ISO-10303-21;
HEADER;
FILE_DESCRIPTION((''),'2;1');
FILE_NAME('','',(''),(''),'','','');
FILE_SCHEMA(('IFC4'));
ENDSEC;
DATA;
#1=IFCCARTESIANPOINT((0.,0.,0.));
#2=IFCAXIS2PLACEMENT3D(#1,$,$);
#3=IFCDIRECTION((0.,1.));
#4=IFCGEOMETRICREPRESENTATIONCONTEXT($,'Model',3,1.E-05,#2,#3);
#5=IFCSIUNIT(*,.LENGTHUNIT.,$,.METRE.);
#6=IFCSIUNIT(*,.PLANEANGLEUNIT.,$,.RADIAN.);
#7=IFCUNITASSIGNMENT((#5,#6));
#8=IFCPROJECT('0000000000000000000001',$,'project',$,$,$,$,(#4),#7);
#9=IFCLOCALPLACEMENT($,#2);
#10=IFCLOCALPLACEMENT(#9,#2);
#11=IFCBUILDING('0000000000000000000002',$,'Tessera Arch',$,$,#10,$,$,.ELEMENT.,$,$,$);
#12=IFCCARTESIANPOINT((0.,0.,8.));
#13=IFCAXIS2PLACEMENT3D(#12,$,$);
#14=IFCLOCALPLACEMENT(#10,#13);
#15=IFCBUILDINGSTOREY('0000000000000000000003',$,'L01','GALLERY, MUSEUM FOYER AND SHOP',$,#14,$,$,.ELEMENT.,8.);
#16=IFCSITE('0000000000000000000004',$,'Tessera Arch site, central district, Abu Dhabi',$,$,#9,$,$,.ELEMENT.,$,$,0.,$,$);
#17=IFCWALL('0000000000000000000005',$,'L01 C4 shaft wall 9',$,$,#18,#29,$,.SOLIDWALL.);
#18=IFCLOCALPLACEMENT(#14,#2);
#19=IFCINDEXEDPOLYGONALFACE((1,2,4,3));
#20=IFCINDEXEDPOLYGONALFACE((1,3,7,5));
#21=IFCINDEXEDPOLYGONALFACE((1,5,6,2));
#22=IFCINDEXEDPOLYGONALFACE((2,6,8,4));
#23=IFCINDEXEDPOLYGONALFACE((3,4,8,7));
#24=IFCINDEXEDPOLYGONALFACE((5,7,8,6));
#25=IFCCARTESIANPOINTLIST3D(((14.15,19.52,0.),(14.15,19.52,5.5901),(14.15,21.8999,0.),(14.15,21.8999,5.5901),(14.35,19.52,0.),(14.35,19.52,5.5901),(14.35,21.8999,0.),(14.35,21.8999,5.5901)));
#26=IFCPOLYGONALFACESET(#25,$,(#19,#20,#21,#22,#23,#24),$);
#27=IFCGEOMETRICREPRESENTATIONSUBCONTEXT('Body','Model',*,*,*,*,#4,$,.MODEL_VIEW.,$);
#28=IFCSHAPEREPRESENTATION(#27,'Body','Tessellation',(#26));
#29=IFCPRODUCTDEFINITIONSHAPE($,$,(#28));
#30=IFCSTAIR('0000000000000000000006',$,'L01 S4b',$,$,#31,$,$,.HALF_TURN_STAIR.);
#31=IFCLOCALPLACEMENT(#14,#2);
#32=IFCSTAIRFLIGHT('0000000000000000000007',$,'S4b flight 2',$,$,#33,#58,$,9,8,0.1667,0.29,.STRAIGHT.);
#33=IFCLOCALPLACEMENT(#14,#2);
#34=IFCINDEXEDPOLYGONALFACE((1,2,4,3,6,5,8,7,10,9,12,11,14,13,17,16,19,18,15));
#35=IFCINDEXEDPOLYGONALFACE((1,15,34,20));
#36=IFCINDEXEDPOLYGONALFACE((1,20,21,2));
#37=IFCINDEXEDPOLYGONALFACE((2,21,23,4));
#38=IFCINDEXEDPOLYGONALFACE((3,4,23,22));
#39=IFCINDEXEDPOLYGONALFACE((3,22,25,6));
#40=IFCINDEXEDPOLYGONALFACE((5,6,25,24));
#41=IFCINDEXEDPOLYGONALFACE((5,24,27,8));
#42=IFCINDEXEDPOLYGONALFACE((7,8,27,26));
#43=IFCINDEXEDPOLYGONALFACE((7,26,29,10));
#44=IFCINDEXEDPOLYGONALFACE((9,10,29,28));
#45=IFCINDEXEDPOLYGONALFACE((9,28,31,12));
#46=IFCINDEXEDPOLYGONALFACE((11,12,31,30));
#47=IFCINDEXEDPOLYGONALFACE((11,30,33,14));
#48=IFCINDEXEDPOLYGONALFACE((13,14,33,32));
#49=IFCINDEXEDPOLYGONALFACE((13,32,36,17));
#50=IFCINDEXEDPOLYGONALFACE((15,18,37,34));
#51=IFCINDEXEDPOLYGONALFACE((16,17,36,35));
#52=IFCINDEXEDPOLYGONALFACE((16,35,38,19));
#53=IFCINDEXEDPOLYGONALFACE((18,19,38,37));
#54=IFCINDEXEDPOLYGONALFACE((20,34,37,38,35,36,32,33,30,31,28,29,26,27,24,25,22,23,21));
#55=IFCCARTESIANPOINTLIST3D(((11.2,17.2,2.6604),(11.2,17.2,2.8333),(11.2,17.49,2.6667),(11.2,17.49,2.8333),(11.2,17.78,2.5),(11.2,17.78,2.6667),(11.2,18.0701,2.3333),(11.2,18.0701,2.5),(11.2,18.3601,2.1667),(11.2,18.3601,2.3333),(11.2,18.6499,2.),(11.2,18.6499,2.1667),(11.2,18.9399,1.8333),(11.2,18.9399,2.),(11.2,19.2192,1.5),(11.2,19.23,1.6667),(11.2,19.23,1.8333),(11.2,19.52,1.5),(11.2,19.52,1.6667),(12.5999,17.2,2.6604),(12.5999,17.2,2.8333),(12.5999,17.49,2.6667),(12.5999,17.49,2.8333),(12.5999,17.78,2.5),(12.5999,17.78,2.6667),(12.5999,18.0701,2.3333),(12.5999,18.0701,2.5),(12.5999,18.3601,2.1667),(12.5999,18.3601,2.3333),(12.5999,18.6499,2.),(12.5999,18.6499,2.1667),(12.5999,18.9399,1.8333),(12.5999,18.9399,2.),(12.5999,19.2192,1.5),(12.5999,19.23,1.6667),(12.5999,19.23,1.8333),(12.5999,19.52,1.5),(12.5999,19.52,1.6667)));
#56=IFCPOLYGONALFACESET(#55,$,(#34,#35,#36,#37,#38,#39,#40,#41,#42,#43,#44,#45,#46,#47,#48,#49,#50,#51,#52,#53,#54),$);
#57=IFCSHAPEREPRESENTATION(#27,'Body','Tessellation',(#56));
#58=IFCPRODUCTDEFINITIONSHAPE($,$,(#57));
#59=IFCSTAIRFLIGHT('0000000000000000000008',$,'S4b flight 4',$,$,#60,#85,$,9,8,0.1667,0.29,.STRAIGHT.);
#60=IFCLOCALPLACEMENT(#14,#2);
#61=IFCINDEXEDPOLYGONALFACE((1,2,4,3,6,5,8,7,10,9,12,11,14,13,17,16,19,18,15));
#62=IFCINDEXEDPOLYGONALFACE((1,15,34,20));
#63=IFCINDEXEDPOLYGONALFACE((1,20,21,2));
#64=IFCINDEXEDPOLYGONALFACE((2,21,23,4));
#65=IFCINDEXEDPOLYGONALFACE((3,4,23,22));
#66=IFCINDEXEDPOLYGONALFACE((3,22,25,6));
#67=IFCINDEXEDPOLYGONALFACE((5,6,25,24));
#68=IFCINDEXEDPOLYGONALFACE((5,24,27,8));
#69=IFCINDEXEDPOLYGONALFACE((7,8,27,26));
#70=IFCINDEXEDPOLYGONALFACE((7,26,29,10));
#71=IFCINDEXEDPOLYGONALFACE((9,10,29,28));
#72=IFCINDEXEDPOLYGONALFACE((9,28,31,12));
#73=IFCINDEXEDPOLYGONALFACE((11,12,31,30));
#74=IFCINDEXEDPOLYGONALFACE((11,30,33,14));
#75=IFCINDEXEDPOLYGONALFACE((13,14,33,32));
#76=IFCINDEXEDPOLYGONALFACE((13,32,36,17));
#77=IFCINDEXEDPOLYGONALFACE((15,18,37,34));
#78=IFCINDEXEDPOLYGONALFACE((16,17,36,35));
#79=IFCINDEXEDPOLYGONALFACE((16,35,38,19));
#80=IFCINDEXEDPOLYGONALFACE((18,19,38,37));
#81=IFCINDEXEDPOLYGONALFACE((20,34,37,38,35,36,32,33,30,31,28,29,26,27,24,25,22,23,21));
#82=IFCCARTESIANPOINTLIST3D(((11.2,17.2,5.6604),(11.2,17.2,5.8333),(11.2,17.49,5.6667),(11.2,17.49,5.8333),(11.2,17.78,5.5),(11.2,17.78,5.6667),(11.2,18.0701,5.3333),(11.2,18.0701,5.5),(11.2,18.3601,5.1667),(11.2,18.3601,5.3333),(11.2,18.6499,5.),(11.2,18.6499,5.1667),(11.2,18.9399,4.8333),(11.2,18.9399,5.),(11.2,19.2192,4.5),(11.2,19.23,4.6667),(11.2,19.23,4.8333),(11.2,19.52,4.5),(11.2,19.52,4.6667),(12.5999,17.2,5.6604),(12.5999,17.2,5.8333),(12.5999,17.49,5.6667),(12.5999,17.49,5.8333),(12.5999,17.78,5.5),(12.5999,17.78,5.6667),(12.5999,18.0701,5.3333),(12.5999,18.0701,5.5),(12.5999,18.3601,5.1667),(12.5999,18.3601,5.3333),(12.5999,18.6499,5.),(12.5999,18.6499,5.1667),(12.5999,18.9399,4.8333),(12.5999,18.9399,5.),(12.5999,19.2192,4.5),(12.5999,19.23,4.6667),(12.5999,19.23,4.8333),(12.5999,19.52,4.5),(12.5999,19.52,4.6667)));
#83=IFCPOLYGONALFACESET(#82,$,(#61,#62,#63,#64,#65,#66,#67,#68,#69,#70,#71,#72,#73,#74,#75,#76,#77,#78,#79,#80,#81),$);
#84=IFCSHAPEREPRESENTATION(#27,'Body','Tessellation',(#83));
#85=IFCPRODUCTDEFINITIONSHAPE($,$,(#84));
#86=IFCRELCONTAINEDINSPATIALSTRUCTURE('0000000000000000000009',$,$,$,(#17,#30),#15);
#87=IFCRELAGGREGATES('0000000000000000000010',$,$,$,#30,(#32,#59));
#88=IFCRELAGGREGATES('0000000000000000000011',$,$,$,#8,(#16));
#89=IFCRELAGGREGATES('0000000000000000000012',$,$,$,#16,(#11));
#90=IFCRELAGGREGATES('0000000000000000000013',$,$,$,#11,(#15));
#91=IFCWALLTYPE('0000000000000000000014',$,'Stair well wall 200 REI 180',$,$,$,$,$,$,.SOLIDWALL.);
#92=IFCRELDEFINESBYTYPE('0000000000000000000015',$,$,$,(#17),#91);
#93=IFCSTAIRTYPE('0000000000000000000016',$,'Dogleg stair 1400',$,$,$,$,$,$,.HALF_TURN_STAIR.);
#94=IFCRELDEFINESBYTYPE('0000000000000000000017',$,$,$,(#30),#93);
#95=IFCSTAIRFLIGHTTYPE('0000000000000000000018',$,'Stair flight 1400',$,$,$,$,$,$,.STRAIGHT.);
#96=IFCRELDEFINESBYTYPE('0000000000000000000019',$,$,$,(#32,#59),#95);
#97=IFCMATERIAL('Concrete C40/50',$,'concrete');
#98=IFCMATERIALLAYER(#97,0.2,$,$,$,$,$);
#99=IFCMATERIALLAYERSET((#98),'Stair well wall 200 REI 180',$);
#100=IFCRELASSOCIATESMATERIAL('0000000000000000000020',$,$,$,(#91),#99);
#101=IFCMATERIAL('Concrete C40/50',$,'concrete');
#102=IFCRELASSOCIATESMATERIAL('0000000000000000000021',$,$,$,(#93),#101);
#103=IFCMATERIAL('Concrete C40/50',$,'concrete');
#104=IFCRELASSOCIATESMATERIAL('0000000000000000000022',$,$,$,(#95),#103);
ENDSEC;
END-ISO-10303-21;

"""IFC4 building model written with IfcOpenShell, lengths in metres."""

from ifc_helpers import new_model, si_unit, direction, frame, frame_2d, origin, place, context, subcontext, project, spatial, polyline, rectangle, outline, extrude, material, layer, layer_set, type_object, element, aggregate, save


model = new_model("IFC4")

# Units and contexts
model_context = context("Model", 3, precision=1e-05, world=origin(), true_north=direction((0.0, 1.0)))
body_context = subcontext(model_context, "Body", "Model", "MODEL_VIEW")
ifc_project = project(units=[si_unit("LENGTHUNIT", "METRE"), si_unit("PLANEANGLEUNIT", "RADIAN")], contexts=[model_context])

# Site, building, storey
site_placement = place(None, origin())
site = spatial("IfcSite", under=ifc_project, at=site_placement, Name="Tessera Arch site, central district, Abu Dhabi", CompositionType="ELEMENT", RefElevation=0.0)
building_placement = place(site_placement, origin())
building = spatial("IfcBuilding", under=site, at=building_placement, Name="Tessera Arch", CompositionType="ELEMENT")
storey_placement = place(building_placement, frame((0.0, 0.0, 8.0)))
storey = spatial("IfcBuildingStorey", under=building, at=storey_placement, Name="L01", Description="GALLERY, MUSEUM FOYER AND SHOP", CompositionType="ELEMENT", Elevation=8.0)

# Wall
ifc_material_1 = material(Name="Concrete C40/50", Category="concrete")
ifc_layer_1 = layer(ifc_material_1, 0.2)
ifc_layer_set_1 = layer_set([ifc_layer_1], Name="Stair well wall 200 REI 180")
wall_type_1 = type_object("IfcWallType", Name="Stair well wall 200 REI 180", PredefinedType="SOLIDWALL", material=ifc_layer_set_1)
for number, where, z_axis, x_axis, name in (
    (1, (14.25, 19.52, 0.0), (0.0, 0.0, 1.0), (0.0, 1.0, 0.0), "L01 C4 shaft wall 9"),
):
    element("IfcWall", number, at=place(storey_placement, frame(where, z_axis=z_axis, x_axis=x_axis)), inside=storey, type_object=wall_type_1, Name=name, PredefinedType="SOLIDWALL", context=body_context, shape_type="SweptSolid", body=[
        extrude(rectangle(XDim=2.3799, YDim=0.2, at=frame_2d((1.1899, 0.0))), origin(), (0.0, 0.0, 1.0), 5.5901),
    ])

# Stair, stair flights
ifc_material_2 = material(Name="Concrete C40/50", Category="concrete")
stair_type = type_object("IfcStairType", Name="Dogleg stair 1400", PredefinedType="HALF_TURN_STAIR", material=ifc_material_2)
stair_placement = place(storey_placement, origin())
stair = element("IfcStair", 2, at=stair_placement, inside=storey, type_object=stair_type, Name="L01 S4b", PredefinedType="HALF_TURN_STAIR")
ifc_material_3 = material(Name="Concrete C40/50", Category="concrete")
stair_flight_type = type_object("IfcStairFlightType", Name="Stair flight 1400", PredefinedType="STRAIGHT", material=ifc_material_3)
stair_flight_1_placement = place(storey_placement, frame((11.8999, 19.52, 1.5), z_axis=(0.0, 0.0, 1.0), x_axis=(0.0, -1.0, 0.0)))
stair_flight_1 = element("IfcStairFlight", 3, at=stair_flight_1_placement, type_object=stair_flight_type, Name="S4b flight 2", NumberOfRisers=9, NumberOfTreads=8, PredefinedType="STRAIGHT", RiserHeight=0.1667, TreadLength=0.29, context=body_context, shape_type="SweptSolid", body=[
    extrude(outline(polyline([(0.0, 0.0), (0.0, 0.1667), (0.29, 0.1667), (0.29, 0.3333), (0.5801, 0.3333), (0.5801, 0.5), (0.8701, 0.5), (0.8701, 0.6667), (1.1599, 0.6667), (1.1599, 0.8333), (1.45, 0.8333), (1.45, 1.0), (1.74, 1.0), (1.74, 1.1667), (2.03, 1.1667), (2.03, 1.3333), (2.3201, 1.3333), (2.3201, 1.5), (2.3201, 1.1604), (0.3008, 0.0), (0.0, 0.0)])), frame((0.0, 0.7, 0.0), z_axis=(0.0, -1.0, 0.0), x_axis=(1.0, 0.0, 0.0)), (0.0, 0.0, 1.0), 1.3999),
])
stair_flight_2_placement = place(storey_placement, frame((11.8999, 19.52, 4.5), z_axis=(0.0, 0.0, 1.0), x_axis=(0.0, -1.0, 0.0)))
stair_flight_2 = element("IfcStairFlight", 4, at=stair_flight_2_placement, type_object=stair_flight_type, Name="S4b flight 4", NumberOfRisers=9, NumberOfTreads=8, PredefinedType="STRAIGHT", RiserHeight=0.1667, TreadLength=0.29, context=body_context, shape_type="SweptSolid", body=[
    extrude(outline(polyline([(0.0, 0.0), (0.0, 0.1667), (0.29, 0.1667), (0.29, 0.3333), (0.5801, 0.3333), (0.5801, 0.5), (0.8701, 0.5), (0.8701, 0.6667), (1.1599, 0.6667), (1.1599, 0.8333), (1.45, 0.8333), (1.45, 1.0), (1.74, 1.0), (1.74, 1.1667), (2.03, 1.1667), (2.03, 1.3333), (2.3201, 1.3333), (2.3201, 1.5), (2.3201, 1.1604), (0.3008, 0.0), (0.0, 0.0)])), frame((0.0, 0.7, 0.0), z_axis=(0.0, -1.0, 0.0), x_axis=(1.0, 0.0, 0.0)), (0.0, 0.0, 1.0), 1.3999),
])
aggregate(stair, [stair_flight_1, stair_flight_2])

save(model, "model.ifc")
